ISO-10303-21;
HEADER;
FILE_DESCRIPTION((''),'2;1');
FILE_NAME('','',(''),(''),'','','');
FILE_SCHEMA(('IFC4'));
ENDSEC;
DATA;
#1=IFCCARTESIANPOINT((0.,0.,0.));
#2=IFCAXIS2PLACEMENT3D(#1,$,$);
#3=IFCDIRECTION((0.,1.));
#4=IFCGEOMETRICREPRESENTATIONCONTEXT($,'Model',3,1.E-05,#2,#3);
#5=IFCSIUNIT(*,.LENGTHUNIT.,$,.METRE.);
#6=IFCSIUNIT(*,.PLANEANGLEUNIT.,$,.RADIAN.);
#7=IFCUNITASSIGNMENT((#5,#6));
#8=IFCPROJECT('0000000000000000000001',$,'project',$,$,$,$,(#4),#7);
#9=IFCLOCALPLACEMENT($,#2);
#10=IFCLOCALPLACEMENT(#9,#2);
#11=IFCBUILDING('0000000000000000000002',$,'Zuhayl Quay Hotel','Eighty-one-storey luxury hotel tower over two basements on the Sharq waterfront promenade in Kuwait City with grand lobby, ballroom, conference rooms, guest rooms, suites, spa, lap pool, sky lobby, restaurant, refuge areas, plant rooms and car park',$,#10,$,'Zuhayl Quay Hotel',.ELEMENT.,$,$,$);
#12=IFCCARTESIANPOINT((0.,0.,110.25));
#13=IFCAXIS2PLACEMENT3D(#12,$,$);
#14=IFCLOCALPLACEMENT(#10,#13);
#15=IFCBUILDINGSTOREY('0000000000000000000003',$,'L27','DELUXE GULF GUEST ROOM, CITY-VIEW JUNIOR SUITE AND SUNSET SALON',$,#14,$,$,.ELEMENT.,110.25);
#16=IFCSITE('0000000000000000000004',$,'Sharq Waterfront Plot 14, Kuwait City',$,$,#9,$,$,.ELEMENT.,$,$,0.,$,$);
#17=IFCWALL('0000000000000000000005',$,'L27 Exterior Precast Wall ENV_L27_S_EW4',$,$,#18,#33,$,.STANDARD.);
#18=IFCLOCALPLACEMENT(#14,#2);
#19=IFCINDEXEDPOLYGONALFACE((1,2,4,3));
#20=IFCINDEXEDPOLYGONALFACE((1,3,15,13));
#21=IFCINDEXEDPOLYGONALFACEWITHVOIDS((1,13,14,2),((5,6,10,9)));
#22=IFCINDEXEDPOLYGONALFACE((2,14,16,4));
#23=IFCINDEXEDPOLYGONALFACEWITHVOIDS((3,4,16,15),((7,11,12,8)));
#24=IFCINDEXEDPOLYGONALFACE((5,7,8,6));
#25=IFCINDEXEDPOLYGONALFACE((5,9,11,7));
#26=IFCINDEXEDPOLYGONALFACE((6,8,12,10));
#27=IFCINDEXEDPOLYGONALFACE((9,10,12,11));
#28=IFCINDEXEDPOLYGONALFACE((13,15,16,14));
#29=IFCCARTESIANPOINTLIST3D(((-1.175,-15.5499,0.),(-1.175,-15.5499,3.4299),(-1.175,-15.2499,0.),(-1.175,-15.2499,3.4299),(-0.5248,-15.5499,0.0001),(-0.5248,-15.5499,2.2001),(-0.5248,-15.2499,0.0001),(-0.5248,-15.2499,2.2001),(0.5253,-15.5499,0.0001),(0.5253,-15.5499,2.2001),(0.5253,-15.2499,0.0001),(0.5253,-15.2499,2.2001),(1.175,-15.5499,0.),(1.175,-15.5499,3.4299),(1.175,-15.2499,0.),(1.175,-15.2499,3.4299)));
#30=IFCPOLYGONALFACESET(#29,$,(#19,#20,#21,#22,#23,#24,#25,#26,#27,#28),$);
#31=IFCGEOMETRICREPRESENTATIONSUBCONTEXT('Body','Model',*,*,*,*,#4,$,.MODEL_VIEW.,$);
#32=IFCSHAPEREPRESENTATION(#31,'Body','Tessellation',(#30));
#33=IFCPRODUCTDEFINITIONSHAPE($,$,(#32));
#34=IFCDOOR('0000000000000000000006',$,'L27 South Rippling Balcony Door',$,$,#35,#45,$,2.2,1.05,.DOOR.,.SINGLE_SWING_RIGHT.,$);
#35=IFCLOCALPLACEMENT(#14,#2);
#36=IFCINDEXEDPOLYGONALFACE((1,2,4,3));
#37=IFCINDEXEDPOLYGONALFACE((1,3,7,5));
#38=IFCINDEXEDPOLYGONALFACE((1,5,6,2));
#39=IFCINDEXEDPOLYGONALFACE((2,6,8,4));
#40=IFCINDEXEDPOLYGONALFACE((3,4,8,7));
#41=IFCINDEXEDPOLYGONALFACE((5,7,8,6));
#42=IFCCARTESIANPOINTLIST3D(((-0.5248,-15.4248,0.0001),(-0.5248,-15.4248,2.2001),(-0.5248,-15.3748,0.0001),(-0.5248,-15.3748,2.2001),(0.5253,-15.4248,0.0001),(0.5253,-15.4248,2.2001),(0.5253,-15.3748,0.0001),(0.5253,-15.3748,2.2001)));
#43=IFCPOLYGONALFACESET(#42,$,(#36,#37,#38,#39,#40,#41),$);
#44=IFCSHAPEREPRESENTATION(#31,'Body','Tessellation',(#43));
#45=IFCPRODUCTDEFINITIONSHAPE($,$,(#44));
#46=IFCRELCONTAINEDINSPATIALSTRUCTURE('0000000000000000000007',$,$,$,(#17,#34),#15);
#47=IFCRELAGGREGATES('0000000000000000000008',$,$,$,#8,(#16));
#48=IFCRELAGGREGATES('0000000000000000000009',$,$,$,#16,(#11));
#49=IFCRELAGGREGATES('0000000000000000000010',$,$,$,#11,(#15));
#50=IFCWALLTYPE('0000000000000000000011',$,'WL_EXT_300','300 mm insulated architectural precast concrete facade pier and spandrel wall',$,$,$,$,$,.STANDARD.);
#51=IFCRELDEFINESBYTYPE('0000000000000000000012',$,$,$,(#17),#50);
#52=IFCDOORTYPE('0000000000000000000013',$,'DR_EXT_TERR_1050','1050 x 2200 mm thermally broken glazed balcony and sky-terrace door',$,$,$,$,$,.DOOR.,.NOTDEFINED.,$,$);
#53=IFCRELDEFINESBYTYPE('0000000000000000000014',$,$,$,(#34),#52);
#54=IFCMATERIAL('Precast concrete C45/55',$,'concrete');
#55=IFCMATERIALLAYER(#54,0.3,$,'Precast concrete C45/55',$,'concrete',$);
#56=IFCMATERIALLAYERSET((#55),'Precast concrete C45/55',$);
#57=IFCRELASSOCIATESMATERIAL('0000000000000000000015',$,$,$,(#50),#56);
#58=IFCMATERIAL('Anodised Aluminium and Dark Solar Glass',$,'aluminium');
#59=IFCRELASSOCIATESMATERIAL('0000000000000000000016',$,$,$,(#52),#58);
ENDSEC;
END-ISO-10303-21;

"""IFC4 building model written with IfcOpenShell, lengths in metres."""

from ifc_helpers import new_model, si_unit, direction, frame, frame_2d, origin, place, context, subcontext, project, spatial, rectangle, extrude, material, layer, layer_set, type_object, element, fill, save


model = new_model("IFC4")

# Units and contexts
model_context = context("Model", 3, precision=1e-05, world=origin(), true_north=direction((0.0, 1.0)))
body_context = subcontext(model_context, "Body", "Model", "MODEL_VIEW")
ifc_project = project(units=[si_unit("LENGTHUNIT", "METRE"), si_unit("PLANEANGLEUNIT", "RADIAN")], contexts=[model_context])

# Site, building, storey
site_placement = place(None, origin())
site = spatial("IfcSite", under=ifc_project, at=site_placement, Name="Sharq Waterfront Plot 14, Kuwait City", CompositionType="ELEMENT", RefElevation=0.0)
building_placement = place(site_placement, origin())
building = spatial("IfcBuilding", under=site, at=building_placement, Name="Zuhayl Quay Hotel", Description="Eighty-one-storey luxury hotel tower over two basements on the Sharq waterfront promenade in Kuwait City with grand lobby, ballroom, conference rooms, guest rooms, suites, spa, lap pool, sky lobby, restaurant, refuge areas, plant rooms and car park", LongName="Zuhayl Quay Hotel", CompositionType="ELEMENT")
storey_placement = place(building_placement, frame((0.0, 0.0, 110.25)))
storey = spatial("IfcBuildingStorey", under=building, at=storey_placement, Name="L27", Description="DELUXE GULF GUEST ROOM, CITY-VIEW JUNIOR SUITE AND SUNSET SALON", CompositionType="ELEMENT", Elevation=110.25)

# Wall, opening, door
ifc_material_1 = material(Name="Precast concrete C45/55", Category="concrete")
ifc_layer_1 = layer(ifc_material_1, 0.3, Name="Precast concrete C45/55", Category="concrete")
ifc_layer_set_1 = layer_set([ifc_layer_1], Name="Precast concrete C45/55")
wall_type = type_object("IfcWallType", Name="WL_EXT_300", Description="300 mm insulated architectural precast concrete facade pier and spandrel wall", PredefinedType="STANDARD", material=ifc_layer_set_1)
wall_placement = place(storey_placement, frame((1.175, -15.3999, 0.0), z_axis=(0.0, 0.0, 1.0), x_axis=(-1.0, 0.0, 0.0)))
wall = element("IfcWall", 1, at=wall_placement, inside=storey, type_object=wall_type, Name="L27 Exterior Precast Wall ENV_L27_S_EW4", PredefinedType="STANDARD", context=body_context, shape_type="SweptSolid", body=[
    extrude(rectangle(XDim=2.3501, YDim=0.3, at=frame_2d((1.175, 0.0))), origin(), (0.0, 0.0, 1.0), 3.4299),
])
opening_placement = place(wall_placement, frame((0.6499, 0.0, 0.0)))
opening = element("IfcOpeningElement", 2, at=opening_placement, cuts=wall, PredefinedType="OPENING", context=body_context, shape_type="SweptSolid", body=[
    extrude(rectangle(XDim=1.05, YDim=2.2, at=frame_2d((0.5249, 1.1001))), frame((0.0, 0.1599, 0.0), z_axis=(0.0, -1.0, 0.0), x_axis=(1.0, 0.0, 0.0)), (0.0, 0.0, 1.0), 0.3201),
])
ifc_material_2 = material(Name="Anodised Aluminium and Dark Solar Glass", Category="aluminium")
door_type = type_object("IfcDoorType", Name="DR_EXT_TERR_1050", Description="1050 x 2200 mm thermally broken glazed balcony and sky-terrace door", OperationType="NOTDEFINED", PredefinedType="DOOR", material=ifc_material_2)
door_placement = place(opening_placement, origin())
door = element("IfcDoor", 3, at=door_placement, inside=storey, type_object=door_type, Name="L27 South Rippling Balcony Door", OperationType="SINGLE_SWING_RIGHT", OverallHeight=2.2, OverallWidth=1.05, PredefinedType="DOOR", context=body_context, shape_type="SweptSolid", body=[
    extrude(rectangle(XDim=1.05, YDim=2.2, at=frame_2d((0.5249, 1.1001))), frame((0.0, 0.0249, 0.0), z_axis=(0.0, -1.0, 0.0), x_axis=(1.0, 0.0, 0.0)), (0.0, 0.0, 1.0), 0.05),
])
fill(opening, door)

save(model, "model.ifc")
